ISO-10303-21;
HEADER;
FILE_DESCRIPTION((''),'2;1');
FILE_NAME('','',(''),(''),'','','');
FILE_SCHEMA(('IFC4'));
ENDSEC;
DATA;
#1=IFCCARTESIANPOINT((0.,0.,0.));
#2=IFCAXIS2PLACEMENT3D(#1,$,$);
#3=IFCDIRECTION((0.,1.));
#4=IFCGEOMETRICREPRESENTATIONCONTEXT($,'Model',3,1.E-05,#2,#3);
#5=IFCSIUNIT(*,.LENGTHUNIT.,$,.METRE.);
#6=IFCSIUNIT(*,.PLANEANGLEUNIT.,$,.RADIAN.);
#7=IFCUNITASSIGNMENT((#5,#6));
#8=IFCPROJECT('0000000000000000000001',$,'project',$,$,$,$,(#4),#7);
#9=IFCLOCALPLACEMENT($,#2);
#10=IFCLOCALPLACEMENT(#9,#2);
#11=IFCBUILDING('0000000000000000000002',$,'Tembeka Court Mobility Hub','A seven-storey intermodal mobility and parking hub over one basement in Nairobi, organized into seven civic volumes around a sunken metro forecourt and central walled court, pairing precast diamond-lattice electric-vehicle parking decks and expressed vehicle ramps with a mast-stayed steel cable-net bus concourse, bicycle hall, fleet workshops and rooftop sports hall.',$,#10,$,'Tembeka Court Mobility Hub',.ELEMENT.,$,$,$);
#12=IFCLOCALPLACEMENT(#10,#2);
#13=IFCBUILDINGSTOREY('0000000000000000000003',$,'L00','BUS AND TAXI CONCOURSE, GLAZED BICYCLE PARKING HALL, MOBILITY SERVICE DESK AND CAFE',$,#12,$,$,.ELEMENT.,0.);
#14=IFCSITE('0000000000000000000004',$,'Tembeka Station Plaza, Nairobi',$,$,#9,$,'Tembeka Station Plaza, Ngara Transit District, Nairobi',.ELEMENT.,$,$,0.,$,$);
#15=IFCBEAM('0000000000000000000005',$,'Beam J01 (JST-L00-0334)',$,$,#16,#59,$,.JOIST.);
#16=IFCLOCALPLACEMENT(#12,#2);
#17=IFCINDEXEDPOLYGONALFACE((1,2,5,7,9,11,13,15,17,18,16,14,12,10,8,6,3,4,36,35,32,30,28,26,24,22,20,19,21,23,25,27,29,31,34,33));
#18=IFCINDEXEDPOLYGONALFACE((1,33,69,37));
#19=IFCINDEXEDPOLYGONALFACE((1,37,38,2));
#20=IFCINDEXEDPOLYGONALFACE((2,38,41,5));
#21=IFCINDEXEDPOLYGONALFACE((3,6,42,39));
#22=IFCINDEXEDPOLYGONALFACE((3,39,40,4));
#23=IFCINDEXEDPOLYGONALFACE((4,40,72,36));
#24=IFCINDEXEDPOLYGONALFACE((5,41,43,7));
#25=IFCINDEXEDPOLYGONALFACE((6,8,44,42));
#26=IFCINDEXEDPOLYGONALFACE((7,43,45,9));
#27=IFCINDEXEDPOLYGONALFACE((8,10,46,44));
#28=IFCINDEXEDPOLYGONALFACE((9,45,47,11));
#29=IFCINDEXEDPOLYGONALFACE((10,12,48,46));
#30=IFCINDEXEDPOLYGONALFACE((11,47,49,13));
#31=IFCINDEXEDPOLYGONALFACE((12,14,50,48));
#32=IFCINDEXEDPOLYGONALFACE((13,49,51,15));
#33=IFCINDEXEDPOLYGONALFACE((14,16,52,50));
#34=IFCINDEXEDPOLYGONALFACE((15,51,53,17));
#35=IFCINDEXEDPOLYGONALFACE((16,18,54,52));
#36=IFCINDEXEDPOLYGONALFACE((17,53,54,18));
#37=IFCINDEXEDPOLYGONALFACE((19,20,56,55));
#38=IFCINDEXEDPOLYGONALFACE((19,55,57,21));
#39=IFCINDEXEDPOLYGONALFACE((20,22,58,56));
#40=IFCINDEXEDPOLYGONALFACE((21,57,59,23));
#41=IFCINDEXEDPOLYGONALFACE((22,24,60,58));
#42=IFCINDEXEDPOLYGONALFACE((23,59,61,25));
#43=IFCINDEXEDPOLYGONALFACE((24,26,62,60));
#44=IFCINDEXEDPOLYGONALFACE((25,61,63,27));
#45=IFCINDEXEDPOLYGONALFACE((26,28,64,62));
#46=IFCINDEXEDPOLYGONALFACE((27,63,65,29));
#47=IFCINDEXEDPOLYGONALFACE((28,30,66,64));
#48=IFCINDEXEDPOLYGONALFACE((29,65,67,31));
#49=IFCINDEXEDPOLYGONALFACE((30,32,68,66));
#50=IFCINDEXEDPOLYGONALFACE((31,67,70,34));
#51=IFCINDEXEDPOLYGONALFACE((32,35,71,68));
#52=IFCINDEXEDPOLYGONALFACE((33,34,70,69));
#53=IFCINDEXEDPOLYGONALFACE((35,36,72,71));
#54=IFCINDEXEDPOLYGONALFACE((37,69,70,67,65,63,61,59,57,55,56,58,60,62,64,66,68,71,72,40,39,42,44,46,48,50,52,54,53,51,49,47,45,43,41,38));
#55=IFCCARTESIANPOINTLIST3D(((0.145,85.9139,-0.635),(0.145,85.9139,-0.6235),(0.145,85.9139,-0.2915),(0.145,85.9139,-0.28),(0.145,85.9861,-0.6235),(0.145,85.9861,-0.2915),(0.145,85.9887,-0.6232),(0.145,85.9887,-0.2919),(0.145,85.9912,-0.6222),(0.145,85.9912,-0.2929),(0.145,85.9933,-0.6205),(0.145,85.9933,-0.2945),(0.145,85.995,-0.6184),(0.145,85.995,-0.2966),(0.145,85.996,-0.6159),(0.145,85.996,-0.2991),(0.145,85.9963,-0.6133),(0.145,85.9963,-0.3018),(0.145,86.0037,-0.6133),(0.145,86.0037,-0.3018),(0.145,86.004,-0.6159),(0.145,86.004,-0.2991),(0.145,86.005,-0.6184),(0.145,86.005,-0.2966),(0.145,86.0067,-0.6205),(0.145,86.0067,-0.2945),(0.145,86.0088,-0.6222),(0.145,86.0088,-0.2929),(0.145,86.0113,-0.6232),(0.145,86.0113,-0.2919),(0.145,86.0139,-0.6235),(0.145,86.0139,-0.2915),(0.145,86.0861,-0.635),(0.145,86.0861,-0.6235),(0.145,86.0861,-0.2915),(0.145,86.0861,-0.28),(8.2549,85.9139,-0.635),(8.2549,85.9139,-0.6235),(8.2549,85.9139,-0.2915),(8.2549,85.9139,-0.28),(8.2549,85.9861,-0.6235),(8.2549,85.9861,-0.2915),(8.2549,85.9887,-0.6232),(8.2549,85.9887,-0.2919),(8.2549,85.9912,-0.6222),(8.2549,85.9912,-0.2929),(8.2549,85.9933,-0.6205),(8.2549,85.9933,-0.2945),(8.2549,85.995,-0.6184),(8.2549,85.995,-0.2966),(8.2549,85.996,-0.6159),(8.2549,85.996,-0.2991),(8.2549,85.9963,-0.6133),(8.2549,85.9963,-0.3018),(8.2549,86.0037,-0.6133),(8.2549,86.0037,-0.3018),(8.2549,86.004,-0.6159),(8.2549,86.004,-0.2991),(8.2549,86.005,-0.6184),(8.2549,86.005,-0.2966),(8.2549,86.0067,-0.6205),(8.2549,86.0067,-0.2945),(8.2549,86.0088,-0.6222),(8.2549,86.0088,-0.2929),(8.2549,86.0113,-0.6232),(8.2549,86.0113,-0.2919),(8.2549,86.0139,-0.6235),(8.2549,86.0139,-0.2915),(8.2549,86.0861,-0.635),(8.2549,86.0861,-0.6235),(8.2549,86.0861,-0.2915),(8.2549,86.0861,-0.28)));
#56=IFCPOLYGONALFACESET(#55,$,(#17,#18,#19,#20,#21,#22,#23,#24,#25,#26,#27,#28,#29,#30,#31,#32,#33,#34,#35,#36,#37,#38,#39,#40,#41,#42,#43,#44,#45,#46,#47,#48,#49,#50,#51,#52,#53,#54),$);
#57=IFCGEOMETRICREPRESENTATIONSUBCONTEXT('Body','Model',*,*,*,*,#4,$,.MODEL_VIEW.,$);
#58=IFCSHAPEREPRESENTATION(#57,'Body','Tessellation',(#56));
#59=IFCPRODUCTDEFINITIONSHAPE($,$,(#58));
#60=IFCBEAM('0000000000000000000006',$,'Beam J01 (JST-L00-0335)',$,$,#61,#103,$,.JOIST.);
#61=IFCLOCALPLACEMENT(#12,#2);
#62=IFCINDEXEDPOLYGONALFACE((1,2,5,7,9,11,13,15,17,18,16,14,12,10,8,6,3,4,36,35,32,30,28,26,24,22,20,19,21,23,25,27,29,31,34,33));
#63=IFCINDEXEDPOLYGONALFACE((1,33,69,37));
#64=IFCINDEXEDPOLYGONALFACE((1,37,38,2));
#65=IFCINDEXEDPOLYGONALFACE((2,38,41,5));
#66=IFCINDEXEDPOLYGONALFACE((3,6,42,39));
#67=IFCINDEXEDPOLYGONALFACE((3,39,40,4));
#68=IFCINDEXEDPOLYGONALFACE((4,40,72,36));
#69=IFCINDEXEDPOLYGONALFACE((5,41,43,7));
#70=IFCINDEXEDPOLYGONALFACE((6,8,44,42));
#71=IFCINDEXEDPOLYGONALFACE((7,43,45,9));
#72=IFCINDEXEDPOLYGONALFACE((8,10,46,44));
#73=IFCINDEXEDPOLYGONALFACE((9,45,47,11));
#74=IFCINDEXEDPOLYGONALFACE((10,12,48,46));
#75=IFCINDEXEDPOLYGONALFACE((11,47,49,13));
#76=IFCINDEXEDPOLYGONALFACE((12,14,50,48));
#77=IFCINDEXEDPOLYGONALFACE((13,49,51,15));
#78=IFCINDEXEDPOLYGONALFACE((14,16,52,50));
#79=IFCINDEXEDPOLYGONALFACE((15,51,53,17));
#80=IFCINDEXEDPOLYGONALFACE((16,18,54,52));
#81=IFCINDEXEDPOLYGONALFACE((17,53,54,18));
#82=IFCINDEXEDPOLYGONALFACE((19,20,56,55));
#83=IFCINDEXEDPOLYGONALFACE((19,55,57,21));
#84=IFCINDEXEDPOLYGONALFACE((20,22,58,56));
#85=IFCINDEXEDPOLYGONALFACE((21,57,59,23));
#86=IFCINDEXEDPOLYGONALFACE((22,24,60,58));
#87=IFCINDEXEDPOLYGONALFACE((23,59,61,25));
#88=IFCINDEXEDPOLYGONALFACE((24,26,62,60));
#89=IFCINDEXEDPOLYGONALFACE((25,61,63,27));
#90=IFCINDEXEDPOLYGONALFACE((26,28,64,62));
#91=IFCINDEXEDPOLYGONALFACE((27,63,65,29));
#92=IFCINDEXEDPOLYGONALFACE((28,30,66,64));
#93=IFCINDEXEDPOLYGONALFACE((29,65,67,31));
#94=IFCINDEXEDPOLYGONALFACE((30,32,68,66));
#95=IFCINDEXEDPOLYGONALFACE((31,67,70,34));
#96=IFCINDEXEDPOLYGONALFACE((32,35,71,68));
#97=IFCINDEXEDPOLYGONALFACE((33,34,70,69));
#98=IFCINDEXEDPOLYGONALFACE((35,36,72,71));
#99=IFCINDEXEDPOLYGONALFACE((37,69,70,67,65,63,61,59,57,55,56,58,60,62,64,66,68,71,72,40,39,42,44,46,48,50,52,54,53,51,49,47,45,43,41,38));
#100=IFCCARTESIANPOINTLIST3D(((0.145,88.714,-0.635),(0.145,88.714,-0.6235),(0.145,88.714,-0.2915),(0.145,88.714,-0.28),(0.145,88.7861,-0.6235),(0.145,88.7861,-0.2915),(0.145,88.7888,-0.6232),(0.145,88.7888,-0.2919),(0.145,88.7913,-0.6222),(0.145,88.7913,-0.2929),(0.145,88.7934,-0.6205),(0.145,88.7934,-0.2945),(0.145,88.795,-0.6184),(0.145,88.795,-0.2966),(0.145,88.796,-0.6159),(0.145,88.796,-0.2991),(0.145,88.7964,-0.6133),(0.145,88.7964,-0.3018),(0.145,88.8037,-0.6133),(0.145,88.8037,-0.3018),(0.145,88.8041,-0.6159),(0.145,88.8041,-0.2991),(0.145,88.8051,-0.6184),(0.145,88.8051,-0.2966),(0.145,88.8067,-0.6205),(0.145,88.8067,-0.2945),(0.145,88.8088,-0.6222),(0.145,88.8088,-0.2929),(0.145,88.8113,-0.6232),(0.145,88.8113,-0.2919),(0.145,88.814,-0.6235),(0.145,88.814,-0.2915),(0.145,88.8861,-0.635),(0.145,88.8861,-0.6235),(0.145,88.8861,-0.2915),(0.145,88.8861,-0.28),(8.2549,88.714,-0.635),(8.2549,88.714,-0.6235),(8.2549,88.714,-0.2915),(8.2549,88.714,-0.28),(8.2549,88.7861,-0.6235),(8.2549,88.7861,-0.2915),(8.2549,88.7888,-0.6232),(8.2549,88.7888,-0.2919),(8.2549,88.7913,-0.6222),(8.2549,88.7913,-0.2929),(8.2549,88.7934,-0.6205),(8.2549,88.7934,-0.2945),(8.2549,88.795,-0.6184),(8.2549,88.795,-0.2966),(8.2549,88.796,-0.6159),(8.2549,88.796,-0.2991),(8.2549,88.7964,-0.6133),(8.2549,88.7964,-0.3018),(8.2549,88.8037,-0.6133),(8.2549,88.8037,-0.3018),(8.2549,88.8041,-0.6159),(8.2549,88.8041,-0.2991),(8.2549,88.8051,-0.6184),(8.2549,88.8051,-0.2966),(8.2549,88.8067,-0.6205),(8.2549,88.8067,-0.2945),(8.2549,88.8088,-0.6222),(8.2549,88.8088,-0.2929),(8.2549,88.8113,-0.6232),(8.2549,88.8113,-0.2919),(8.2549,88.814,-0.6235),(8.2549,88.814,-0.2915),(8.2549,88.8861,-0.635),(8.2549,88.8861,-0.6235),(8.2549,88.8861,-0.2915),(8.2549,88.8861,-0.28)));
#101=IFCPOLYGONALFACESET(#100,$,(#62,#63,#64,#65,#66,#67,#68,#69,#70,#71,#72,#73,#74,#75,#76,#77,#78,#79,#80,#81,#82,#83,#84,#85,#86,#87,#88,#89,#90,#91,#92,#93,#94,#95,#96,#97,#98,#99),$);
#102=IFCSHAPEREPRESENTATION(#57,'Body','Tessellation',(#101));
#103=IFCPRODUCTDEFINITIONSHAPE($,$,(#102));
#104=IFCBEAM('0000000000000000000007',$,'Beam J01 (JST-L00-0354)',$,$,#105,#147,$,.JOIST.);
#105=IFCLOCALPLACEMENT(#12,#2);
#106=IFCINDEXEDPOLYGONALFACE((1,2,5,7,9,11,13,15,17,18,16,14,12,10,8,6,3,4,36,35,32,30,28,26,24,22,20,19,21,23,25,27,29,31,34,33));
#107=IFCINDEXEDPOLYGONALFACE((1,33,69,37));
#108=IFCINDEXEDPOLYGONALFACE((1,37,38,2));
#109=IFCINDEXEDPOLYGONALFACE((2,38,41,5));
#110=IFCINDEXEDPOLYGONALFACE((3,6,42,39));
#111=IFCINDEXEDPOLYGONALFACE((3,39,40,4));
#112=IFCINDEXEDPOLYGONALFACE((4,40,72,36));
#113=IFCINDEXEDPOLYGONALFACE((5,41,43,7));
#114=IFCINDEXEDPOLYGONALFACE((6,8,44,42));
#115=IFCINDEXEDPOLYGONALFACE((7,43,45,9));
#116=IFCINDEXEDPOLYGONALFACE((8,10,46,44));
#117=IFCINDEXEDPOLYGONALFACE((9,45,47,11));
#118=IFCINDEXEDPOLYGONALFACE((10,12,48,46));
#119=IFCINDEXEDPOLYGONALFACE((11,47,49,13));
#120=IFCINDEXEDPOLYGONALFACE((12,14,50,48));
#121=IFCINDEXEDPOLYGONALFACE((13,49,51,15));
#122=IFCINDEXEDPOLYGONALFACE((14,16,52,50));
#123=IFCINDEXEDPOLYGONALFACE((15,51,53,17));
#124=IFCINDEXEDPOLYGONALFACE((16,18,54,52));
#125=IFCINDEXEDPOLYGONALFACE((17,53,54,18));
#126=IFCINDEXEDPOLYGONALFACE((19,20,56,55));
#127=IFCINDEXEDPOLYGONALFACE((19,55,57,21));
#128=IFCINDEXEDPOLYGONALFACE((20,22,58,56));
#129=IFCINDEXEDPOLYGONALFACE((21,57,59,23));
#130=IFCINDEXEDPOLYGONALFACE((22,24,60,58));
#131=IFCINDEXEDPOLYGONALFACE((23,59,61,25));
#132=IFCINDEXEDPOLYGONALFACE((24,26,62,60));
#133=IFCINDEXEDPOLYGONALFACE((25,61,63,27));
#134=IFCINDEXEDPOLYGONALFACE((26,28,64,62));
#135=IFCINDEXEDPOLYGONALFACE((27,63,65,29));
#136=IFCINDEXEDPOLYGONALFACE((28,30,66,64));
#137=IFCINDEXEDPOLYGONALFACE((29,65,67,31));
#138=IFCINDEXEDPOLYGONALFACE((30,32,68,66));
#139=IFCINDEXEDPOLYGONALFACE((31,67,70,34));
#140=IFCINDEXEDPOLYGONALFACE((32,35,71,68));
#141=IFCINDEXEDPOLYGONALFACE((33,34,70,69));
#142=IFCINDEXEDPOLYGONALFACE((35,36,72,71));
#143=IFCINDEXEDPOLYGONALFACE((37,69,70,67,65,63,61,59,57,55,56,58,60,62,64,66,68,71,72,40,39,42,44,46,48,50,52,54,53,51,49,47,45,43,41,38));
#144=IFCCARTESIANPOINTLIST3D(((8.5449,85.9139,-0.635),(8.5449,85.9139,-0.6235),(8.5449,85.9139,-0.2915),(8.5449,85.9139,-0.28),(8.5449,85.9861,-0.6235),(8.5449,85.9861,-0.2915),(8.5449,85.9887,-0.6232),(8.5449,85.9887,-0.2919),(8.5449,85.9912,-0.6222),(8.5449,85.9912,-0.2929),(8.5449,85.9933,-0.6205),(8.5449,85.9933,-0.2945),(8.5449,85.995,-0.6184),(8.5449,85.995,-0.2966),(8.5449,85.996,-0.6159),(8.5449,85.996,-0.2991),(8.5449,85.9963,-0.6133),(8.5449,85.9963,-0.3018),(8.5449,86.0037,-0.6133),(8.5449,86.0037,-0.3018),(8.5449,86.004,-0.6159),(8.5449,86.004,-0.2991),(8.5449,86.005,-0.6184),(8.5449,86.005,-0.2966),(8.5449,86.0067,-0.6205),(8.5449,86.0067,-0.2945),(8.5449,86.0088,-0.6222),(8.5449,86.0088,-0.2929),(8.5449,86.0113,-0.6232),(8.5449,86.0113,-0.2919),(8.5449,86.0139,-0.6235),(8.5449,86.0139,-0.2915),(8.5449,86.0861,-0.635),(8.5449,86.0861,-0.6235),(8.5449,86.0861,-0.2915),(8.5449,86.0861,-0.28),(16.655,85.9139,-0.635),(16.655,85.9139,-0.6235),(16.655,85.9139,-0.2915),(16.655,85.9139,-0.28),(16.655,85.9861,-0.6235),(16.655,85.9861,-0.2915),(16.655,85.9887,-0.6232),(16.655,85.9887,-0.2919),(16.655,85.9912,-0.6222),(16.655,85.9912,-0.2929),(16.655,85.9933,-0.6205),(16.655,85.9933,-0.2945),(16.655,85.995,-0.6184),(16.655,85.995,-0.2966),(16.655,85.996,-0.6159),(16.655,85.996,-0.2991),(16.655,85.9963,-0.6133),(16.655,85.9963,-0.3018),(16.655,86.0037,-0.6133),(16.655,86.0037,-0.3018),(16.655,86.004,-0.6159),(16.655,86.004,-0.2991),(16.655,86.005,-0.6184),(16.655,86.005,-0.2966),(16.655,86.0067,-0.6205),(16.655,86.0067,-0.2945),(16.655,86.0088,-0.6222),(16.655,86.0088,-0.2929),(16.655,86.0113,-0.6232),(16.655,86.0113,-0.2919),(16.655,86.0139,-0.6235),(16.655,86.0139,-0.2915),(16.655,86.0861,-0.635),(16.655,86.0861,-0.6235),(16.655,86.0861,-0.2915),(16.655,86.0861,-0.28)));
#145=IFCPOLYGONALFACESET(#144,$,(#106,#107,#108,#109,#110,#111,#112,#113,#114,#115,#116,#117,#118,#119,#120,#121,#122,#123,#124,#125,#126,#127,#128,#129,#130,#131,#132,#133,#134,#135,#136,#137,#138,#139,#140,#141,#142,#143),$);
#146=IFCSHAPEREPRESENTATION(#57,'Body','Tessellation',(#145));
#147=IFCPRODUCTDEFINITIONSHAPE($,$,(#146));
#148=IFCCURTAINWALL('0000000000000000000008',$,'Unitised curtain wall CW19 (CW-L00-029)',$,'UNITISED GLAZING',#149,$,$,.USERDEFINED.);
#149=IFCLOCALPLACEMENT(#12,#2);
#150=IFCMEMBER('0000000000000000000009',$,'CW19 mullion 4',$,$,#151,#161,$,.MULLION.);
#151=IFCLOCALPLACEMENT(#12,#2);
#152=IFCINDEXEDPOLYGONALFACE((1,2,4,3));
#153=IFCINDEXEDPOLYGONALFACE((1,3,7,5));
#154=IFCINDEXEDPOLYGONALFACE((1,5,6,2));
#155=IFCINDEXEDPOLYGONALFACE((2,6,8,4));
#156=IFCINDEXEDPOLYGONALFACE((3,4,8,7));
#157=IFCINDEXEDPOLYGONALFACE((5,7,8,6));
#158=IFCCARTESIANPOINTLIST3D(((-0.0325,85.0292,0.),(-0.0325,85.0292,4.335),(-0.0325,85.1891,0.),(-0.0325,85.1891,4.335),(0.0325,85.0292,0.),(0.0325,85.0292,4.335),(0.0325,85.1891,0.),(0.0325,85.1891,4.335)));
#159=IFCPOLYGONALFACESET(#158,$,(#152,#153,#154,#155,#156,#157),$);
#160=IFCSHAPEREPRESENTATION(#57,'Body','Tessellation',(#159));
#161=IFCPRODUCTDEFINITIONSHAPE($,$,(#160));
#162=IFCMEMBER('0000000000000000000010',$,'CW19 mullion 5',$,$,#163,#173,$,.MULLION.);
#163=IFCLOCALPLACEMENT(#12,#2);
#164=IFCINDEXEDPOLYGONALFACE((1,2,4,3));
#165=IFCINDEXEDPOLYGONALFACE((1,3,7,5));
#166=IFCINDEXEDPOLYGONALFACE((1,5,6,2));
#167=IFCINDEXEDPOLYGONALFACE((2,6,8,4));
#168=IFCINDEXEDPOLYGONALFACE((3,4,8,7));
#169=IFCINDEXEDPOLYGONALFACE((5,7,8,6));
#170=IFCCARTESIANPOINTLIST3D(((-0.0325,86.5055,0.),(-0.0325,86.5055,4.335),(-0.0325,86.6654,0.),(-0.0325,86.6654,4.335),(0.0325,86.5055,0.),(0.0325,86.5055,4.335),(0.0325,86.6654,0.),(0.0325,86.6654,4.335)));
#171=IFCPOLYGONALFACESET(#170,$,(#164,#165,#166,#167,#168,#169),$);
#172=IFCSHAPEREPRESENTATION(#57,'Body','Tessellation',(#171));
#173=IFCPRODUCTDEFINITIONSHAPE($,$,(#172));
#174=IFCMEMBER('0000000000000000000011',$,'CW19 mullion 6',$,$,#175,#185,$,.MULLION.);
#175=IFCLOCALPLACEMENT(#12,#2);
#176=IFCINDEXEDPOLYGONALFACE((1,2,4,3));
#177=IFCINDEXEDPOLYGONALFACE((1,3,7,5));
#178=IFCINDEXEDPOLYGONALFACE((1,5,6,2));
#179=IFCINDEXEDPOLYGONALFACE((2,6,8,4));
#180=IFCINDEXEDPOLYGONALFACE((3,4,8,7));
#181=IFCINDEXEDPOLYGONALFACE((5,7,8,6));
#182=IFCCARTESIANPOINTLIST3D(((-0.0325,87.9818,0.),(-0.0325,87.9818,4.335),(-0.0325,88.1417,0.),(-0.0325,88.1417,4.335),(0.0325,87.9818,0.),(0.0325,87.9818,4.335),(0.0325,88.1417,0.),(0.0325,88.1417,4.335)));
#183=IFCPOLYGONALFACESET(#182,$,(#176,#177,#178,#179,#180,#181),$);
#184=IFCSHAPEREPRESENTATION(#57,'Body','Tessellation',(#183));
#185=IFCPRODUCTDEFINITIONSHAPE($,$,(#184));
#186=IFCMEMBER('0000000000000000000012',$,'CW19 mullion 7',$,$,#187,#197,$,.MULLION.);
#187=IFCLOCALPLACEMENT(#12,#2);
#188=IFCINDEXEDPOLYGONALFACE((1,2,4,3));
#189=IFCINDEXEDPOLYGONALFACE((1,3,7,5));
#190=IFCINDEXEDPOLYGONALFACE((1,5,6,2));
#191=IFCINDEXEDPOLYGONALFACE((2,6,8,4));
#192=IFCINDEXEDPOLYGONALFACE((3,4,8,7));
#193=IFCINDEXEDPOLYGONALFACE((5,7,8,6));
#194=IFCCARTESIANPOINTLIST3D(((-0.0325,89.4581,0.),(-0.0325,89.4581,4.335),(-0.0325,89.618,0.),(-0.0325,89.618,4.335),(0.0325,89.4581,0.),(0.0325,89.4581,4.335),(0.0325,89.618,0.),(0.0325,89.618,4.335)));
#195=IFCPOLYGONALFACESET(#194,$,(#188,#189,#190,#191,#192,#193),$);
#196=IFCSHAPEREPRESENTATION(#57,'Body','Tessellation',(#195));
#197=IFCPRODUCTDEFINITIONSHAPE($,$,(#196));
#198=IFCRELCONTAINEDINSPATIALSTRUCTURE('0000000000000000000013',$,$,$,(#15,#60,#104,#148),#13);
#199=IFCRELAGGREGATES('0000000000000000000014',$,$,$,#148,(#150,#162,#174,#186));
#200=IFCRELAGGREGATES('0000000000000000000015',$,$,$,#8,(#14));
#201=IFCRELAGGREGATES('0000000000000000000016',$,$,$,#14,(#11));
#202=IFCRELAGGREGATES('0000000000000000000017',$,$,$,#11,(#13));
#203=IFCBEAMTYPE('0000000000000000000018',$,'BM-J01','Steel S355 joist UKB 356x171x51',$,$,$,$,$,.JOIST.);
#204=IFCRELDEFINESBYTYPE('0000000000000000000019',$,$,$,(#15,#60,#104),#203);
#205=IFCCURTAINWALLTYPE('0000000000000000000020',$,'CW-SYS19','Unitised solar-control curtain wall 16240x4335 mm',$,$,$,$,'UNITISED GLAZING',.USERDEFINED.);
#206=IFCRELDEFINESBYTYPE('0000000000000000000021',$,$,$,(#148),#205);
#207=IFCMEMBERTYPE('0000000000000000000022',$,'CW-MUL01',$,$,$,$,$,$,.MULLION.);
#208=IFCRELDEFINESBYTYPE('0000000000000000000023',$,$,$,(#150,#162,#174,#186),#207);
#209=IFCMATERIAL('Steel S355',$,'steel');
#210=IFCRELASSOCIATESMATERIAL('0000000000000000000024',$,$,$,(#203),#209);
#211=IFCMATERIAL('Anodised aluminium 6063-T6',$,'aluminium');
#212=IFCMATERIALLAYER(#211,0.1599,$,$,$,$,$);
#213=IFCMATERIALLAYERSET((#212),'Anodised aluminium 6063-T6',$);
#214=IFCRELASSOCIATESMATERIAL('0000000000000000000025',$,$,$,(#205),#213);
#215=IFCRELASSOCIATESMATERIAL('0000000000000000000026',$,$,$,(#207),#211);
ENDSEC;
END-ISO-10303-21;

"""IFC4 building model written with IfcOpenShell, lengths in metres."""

from ifc_helpers import new_model, si_unit, direction, frame, origin, origin_2d, place, context, subcontext, project, spatial, rectangle, i_section, extrude, material, layer, layer_set, material_profile, profile_set, type_object, element, aggregate, save


model = new_model("IFC4")

# Units and contexts
model_context = context("Model", 3, precision=1e-05, world=origin(), true_north=direction((0.0, 1.0)))
body_context = subcontext(model_context, "Body", "Model", "MODEL_VIEW")
ifc_project = project(units=[si_unit("LENGTHUNIT", "METRE"), si_unit("PLANEANGLEUNIT", "RADIAN")], contexts=[model_context])

# Site, building, storey
site_placement = place(None, origin())
site = spatial("IfcSite", under=ifc_project, at=site_placement, Name="Tembeka Station Plaza, Nairobi", LongName="Tembeka Station Plaza, Ngara Transit District, Nairobi", CompositionType="ELEMENT", RefElevation=0.0)
building_placement = place(site_placement, origin())
building = spatial("IfcBuilding", under=site, at=building_placement, Name="Tembeka Court Mobility Hub", Description="A seven-storey intermodal mobility and parking hub over one basement in Nairobi, organized into seven civic volumes around a sunken metro forecourt and central walled court, pairing precast diamond-lattice electric-vehicle parking decks and expressed vehicle ramps with a mast-stayed steel cable-net bus concourse, bicycle hall, fleet workshops and rooftop sports hall.", LongName="Tembeka Court Mobility Hub", CompositionType="ELEMENT")
storey_placement = place(building_placement, origin())
storey = spatial("IfcBuildingStorey", under=building, at=storey_placement, Name="L00", Description="BUS AND TAXI CONCOURSE, GLAZED BICYCLE PARKING HALL, MOBILITY SERVICE DESK AND CAFE", CompositionType="ELEMENT", Elevation=0.0)

# Beams
ifc_material_1 = material(Name="Steel S355", Category="steel")
ifc_material_profile_1 = material_profile(ifc_material_1, i_section(OverallWidth=0.1721, OverallDepth=0.355, WebThickness=0.0073, FlangeThickness=0.0115, FilletRadius=0.0103, at=origin_2d()), Name="UKB 356x171x51")
ifc_profile_set_1 = profile_set([ifc_material_profile_1], Name="Steel S355")
beam_type = type_object("IfcBeamType", Name="BM-J01", Description="Steel S355 joist UKB 356x171x51", PredefinedType="JOIST", material=ifc_profile_set_1)
for number, where, z_axis, x_axis, name in (
    (1, (0.145, 86.0, -0.4575), (1.0, 0.0, 0.0), (0.0, 1.0, 0.0), "Beam J01 (JST-L00-0334)"),
    (2, (0.145, 88.8, -0.4575), (1.0, 0.0, 0.0), (0.0, 1.0, 0.0), "Beam J01 (JST-L00-0335)"),
):
    element("IfcBeam", number, at=place(storey_placement, frame(where, z_axis=z_axis, x_axis=x_axis)), inside=storey, type_object=beam_type, Name=name, PredefinedType="JOIST", context=body_context, shape_type="SweptSolid", body=[
        extrude(i_section(OverallWidth=0.1721, OverallDepth=0.355, WebThickness=0.0073, FlangeThickness=0.0115, FilletRadius=0.0103, at=origin_2d()), origin(), (0.0, 0.0, 1.0), 8.1099),
    ])
beam_placement = place(storey_placement, frame((8.5449, 86.0, -0.4575), z_axis=(1.0, 0.0, 0.0), x_axis=(0.0, 1.0, 0.0)))
element("IfcBeam", 3, at=beam_placement, inside=storey, type_object=beam_type, Name="Beam J01 (JST-L00-0354)", PredefinedType="JOIST", context=body_context, shape_type="SweptSolid", body=[
    extrude(i_section(OverallWidth=0.1721, OverallDepth=0.355, WebThickness=0.0073, FlangeThickness=0.0115, FilletRadius=0.0103, at=origin_2d()), origin(), (0.0, 0.0, 1.0), 8.1101),
])

# Curtain wall, members
ifc_material_2 = material(Name="Anodised aluminium 6063-T6", Category="aluminium")
ifc_layer_1 = layer(ifc_material_2, 0.1599)
ifc_layer_set_1 = layer_set([ifc_layer_1], Name="Anodised aluminium 6063-T6")
curtain_wall_type = type_object("IfcCurtainWallType", Name="CW-SYS19", Description="Unitised solar-control curtain wall 16240x4335 mm", ElementType="UNITISED GLAZING", PredefinedType="USERDEFINED", material=ifc_layer_set_1)
curtain_wall_placement = place(storey_placement, origin())
curtain_wall = element("IfcCurtainWall", 4, at=curtain_wall_placement, inside=storey, type_object=curtain_wall_type, Name="Unitised curtain wall CW19 (CW-L00-029)", ObjectType="UNITISED GLAZING", PredefinedType="USERDEFINED")
ifc_material_profile_2 = material_profile(ifc_material_2, rectangle(XDim=0.0649, YDim=0.1599, at=origin_2d()), Name="ALU-MUL 65x160")
ifc_profile_set_2 = profile_set([ifc_material_profile_2], Name="Anodised aluminium 6063-T6")
member_type_1 = type_object("IfcMemberType", Name="CW-MUL01", PredefinedType="MULLION", material=ifc_profile_set_2)
member_1_placement = place(storey_placement, frame((0.0, 85.1091, 0.0), z_axis=(0.0, 0.0, 1.0), x_axis=(-1.0, 0.0, 0.0)))
member_1 = element("IfcMember", 5, at=member_1_placement, type_object=member_type_1, Name="CW19 mullion 4", PredefinedType="MULLION", context=body_context, shape_type="SweptSolid", body=[
    extrude(rectangle(XDim=0.0649, YDim=0.1599, at=origin_2d()), origin(), (0.0, 0.0, 1.0), 4.335),
])
member_2_placement = place(storey_placement, frame((0.0, 86.5854, 0.0), z_axis=(0.0, 0.0, 1.0), x_axis=(-1.0, 0.0, 0.0)))
member_2 = element("IfcMember", 6, at=member_2_placement, type_object=member_type_1, Name="CW19 mullion 5", PredefinedType="MULLION", context=body_context, shape_type="SweptSolid", body=[
    extrude(rectangle(XDim=0.0649, YDim=0.1599, at=origin_2d()), origin(), (0.0, 0.0, 1.0), 4.335),
])
member_3_placement = place(storey_placement, frame((0.0, 88.0618, 0.0), z_axis=(0.0, 0.0, 1.0), x_axis=(-1.0, 0.0, 0.0)))
member_3 = element("IfcMember", 7, at=member_3_placement, type_object=member_type_1, Name="CW19 mullion 6", PredefinedType="MULLION", context=body_context, shape_type="SweptSolid", body=[
    extrude(rectangle(XDim=0.0649, YDim=0.1599, at=origin_2d()), origin(), (0.0, 0.0, 1.0), 4.335),
])
member_4_placement = place(storey_placement, frame((0.0, 89.5381, 0.0), z_axis=(0.0, 0.0, 1.0), x_axis=(-1.0, 0.0, 0.0)))
member_4 = element("IfcMember", 8, at=member_4_placement, type_object=member_type_1, Name="CW19 mullion 7", PredefinedType="MULLION", context=body_context, shape_type="SweptSolid", body=[
    extrude(rectangle(XDim=0.0649, YDim=0.1599, at=origin_2d()), origin(), (0.0, 0.0, 1.0), 4.335),
])
aggregate(curtain_wall, [member_1, member_2, member_3, member_4])

save(model, "model.ifc")
